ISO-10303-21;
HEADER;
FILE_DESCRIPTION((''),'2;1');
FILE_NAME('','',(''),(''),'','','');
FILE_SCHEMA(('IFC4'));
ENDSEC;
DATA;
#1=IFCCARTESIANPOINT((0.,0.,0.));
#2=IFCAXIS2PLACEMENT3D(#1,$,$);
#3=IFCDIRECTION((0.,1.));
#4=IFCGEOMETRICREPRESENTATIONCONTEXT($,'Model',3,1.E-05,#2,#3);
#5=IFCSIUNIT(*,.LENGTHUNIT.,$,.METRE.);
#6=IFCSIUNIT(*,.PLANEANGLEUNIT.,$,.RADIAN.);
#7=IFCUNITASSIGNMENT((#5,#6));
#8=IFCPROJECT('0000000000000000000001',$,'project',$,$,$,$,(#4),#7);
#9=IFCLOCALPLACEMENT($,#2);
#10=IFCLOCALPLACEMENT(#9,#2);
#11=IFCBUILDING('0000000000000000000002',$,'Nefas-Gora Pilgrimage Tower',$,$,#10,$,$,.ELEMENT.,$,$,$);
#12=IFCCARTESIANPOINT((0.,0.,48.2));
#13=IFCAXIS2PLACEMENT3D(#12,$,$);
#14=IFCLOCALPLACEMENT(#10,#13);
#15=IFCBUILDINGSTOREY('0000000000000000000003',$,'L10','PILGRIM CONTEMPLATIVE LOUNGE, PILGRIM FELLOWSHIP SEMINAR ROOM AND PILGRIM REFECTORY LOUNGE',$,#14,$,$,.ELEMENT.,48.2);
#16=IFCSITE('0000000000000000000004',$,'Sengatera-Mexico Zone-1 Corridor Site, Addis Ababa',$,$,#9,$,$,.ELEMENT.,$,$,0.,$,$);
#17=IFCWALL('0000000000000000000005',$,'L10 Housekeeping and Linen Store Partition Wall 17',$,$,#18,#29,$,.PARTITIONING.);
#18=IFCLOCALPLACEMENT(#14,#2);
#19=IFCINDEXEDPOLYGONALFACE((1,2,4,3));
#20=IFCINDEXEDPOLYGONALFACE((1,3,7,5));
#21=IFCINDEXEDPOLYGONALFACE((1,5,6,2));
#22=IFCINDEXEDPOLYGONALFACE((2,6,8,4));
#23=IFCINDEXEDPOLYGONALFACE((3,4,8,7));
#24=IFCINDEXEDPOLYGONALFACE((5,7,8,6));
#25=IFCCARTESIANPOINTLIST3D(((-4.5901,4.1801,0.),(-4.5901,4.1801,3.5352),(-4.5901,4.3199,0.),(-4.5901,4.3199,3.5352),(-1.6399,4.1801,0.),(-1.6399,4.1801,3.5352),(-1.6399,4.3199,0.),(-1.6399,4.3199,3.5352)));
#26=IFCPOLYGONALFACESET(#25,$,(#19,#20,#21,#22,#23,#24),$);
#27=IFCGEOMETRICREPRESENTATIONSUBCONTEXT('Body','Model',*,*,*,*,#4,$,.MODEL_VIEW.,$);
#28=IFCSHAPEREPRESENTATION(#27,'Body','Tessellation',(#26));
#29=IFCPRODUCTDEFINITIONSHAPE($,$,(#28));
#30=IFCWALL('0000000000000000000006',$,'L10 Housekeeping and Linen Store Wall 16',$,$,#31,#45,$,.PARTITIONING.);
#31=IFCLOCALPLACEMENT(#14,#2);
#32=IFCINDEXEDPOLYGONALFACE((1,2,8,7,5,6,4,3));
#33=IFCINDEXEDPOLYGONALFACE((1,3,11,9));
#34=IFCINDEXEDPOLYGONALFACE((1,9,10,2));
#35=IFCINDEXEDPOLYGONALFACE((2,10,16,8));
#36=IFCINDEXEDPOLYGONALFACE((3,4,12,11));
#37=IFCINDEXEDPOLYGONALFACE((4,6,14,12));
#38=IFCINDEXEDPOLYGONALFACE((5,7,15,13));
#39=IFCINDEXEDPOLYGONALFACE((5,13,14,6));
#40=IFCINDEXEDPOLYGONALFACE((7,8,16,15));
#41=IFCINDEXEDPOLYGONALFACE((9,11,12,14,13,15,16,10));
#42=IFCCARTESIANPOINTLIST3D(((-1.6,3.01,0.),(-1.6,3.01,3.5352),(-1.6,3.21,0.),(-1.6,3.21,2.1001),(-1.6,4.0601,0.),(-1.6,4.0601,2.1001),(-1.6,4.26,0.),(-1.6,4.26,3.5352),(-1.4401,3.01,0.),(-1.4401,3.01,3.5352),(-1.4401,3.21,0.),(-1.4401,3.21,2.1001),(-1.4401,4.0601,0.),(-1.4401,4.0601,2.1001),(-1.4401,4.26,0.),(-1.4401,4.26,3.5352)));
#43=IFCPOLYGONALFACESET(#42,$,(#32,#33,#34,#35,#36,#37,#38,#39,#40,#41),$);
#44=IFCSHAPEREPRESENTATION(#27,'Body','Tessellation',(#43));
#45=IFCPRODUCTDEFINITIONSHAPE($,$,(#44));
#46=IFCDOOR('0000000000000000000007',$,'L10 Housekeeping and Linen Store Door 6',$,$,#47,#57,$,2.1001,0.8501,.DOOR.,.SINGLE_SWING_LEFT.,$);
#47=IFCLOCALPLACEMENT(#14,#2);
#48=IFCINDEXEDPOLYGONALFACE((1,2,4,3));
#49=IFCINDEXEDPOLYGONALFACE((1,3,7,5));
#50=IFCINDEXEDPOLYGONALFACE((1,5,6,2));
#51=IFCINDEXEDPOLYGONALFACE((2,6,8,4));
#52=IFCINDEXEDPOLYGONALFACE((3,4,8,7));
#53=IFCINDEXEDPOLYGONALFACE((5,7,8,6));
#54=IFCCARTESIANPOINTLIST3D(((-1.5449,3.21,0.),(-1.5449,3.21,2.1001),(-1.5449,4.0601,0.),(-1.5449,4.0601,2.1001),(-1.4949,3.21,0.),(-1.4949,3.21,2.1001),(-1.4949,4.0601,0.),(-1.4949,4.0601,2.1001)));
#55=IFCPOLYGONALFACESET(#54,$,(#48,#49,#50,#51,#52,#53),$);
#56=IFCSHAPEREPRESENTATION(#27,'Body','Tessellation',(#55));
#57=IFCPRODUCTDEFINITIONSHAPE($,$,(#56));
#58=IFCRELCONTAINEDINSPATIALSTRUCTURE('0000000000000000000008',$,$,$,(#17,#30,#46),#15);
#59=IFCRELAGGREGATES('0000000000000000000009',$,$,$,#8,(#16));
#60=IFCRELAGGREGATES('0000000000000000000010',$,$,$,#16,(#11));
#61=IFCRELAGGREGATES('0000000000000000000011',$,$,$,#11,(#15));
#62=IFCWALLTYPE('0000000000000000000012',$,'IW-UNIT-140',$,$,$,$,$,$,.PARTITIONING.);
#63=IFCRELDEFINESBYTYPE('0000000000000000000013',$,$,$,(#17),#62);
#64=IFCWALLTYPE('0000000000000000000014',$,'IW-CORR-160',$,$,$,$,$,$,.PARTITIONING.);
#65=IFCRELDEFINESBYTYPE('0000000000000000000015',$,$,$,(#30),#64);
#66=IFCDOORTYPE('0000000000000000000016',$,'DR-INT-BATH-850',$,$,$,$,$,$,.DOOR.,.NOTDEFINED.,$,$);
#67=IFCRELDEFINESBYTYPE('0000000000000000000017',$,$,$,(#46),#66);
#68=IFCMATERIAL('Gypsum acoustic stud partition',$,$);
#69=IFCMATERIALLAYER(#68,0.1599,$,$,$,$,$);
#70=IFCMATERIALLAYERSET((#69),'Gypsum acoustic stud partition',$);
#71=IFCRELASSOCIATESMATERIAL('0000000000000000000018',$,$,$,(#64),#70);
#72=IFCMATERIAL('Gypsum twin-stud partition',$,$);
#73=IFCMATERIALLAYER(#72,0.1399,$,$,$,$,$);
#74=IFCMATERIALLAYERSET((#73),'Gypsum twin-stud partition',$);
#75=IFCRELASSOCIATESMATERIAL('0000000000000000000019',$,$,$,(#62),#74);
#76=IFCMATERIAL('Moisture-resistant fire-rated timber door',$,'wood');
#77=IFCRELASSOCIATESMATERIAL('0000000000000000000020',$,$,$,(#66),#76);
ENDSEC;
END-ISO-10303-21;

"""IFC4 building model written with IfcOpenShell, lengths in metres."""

from ifc_helpers import new_model, si_unit, direction, frame, frame_2d, origin, place, context, subcontext, project, spatial, rectangle, extrude, source, transform, mapped, material, layer, layer_set, type_object, element, fill, save


model = new_model("IFC4")

# Units and contexts
model_context = context("Model", 3, precision=1e-05, world=origin(), true_north=direction((0.0, 1.0)))
body_context = subcontext(model_context, "Body", "Model", "MODEL_VIEW")
ifc_project = project(units=[si_unit("LENGTHUNIT", "METRE"), si_unit("PLANEANGLEUNIT", "RADIAN")], contexts=[model_context])

# Site, building, storey
site_placement = place(None, origin())
site = spatial("IfcSite", under=ifc_project, at=site_placement, Name="Sengatera-Mexico Zone-1 Corridor Site, Addis Ababa", CompositionType="ELEMENT", RefElevation=0.0)
building_placement = place(site_placement, origin())
building = spatial("IfcBuilding", under=site, at=building_placement, Name="Nefas-Gora Pilgrimage Tower", CompositionType="ELEMENT")
storey_placement = place(building_placement, frame((0.0, 0.0, 48.2)))
storey = spatial("IfcBuildingStorey", under=building, at=storey_placement, Name="L10", Description="PILGRIM CONTEMPLATIVE LOUNGE, PILGRIM FELLOWSHIP SEMINAR ROOM AND PILGRIM REFECTORY LOUNGE", CompositionType="ELEMENT", Elevation=48.2)

# Shared definitions
ifc_material_1 = material(Name="Gypsum acoustic stud partition")
ifc_layer_1 = layer(ifc_material_1, 0.1599)
ifc_layer_set_1 = layer_set([ifc_layer_1], Name="Gypsum acoustic stud partition")
wall_type_1 = type_object("IfcWallType", Name="IW-CORR-160", PredefinedType="PARTITIONING", material=ifc_layer_set_1)

# Shared definitions
ifc_material_2 = material(Name="Gypsum twin-stud partition")
ifc_layer_2 = layer(ifc_material_2, 0.1399)
ifc_layer_set_2 = layer_set([ifc_layer_2], Name="Gypsum twin-stud partition")
wall_type_2 = type_object("IfcWallType", Name="IW-UNIT-140", PredefinedType="PARTITIONING", material=ifc_layer_set_2)

# Wall
shared_shape_1 = source(origin(), body_context, "Body", "SweptSolid", [
    extrude(rectangle(XDim=2.9502, YDim=0.1399, at=frame_2d((1.4751, 0.0))), origin(), (0.0, 0.0, 1.0), 3.5352),
])
wall_1_placement = place(storey_placement, frame((-4.5901, 4.25, 0.0), z_axis=(0.0, 0.0, 1.0), x_axis=(1.0, 0.0, 0.0)))
element("IfcWall", 1, at=wall_1_placement, inside=storey, type_object=wall_type_2, Name="L10 Housekeeping and Linen Store Partition Wall 17", PredefinedType="PARTITIONING", context=body_context, shape_type="MappedRepresentation", body=[
    mapped(shared_shape_1, transform((0.0, 0.0, 0.0), x_axis=(1.0, 0.0, 0.0), y_axis=(0.0, 1.0, 0.0), z_axis=(0.0, 0.0, 1.0), scale=1.0)),
])

# Wall, opening, door
shared_shape_2 = source(origin(), body_context, "Body", "SweptSolid", [
    extrude(rectangle(XDim=1.25, YDim=0.1599, at=frame_2d((0.625, 0.0))), origin(), (0.0, 0.0, 1.0), 3.5352),
])
wall_2_placement = place(storey_placement, frame((-1.52, 3.01, 0.0), z_axis=(0.0, 0.0, 1.0), x_axis=(0.0, 1.0, 0.0)))
wall_2 = element("IfcWall", 2, at=wall_2_placement, inside=storey, type_object=wall_type_1, Name="L10 Housekeeping and Linen Store Wall 16", PredefinedType="PARTITIONING", context=body_context, shape_type="MappedRepresentation", body=[
    mapped(shared_shape_2, transform((0.0, 0.0, 0.0), x_axis=(1.0, 0.0, 0.0), y_axis=(0.0, 1.0, 0.0), z_axis=(0.0, 0.0, 1.0), scale=1.0)),
])
opening_1_placement = place(wall_2_placement, frame((0.2, 0.0, 0.0)))
opening_1 = element("IfcOpeningElement", 3, at=opening_1_placement, cuts=wall_2, PredefinedType="OPENING", context=body_context, shape_type="SweptSolid", body=[
    extrude(rectangle(XDim=0.8501, YDim=2.1001, at=frame_2d((0.425, 1.05))), frame((0.0, 0.0898, 0.0), z_axis=(0.0, -1.0, 0.0), x_axis=(1.0, 0.0, 0.0)), (0.0, 0.0, 1.0), 0.1799),
])
ifc_material_3 = material(Name="Moisture-resistant fire-rated timber door", Category="wood")
door_type_1 = type_object("IfcDoorType", Name="DR-INT-BATH-850", OperationType="NOTDEFINED", PredefinedType="DOOR", material=ifc_material_3)
shared_shape_3 = source(origin(), body_context, "Body", "SweptSolid", [
    extrude(rectangle(XDim=0.8501, YDim=2.1001, at=frame_2d((0.425, 1.05))), frame((0.0, 0.0249, 0.0), z_axis=(0.0, -1.0, 0.0), x_axis=(1.0, 0.0, 0.0)), (0.0, 0.0, 1.0), 0.05),
])
door_1_placement = place(opening_1_placement, origin())
door_1 = element("IfcDoor", 4, at=door_1_placement, inside=storey, type_object=door_type_1, Name="L10 Housekeeping and Linen Store Door 6", OperationType="SINGLE_SWING_LEFT", OverallHeight=2.1001, OverallWidth=0.8501, PredefinedType="DOOR", context=body_context, shape_type="MappedRepresentation", body=[
    mapped(shared_shape_3, transform((0.0, 0.0, 0.0), x_axis=(1.0, 0.0, 0.0), y_axis=(0.0, 1.0, 0.0), z_axis=(0.0, 0.0, 1.0), scale=1.0)),
])
fill(opening_1, door_1)

save(model, "model.ifc")
